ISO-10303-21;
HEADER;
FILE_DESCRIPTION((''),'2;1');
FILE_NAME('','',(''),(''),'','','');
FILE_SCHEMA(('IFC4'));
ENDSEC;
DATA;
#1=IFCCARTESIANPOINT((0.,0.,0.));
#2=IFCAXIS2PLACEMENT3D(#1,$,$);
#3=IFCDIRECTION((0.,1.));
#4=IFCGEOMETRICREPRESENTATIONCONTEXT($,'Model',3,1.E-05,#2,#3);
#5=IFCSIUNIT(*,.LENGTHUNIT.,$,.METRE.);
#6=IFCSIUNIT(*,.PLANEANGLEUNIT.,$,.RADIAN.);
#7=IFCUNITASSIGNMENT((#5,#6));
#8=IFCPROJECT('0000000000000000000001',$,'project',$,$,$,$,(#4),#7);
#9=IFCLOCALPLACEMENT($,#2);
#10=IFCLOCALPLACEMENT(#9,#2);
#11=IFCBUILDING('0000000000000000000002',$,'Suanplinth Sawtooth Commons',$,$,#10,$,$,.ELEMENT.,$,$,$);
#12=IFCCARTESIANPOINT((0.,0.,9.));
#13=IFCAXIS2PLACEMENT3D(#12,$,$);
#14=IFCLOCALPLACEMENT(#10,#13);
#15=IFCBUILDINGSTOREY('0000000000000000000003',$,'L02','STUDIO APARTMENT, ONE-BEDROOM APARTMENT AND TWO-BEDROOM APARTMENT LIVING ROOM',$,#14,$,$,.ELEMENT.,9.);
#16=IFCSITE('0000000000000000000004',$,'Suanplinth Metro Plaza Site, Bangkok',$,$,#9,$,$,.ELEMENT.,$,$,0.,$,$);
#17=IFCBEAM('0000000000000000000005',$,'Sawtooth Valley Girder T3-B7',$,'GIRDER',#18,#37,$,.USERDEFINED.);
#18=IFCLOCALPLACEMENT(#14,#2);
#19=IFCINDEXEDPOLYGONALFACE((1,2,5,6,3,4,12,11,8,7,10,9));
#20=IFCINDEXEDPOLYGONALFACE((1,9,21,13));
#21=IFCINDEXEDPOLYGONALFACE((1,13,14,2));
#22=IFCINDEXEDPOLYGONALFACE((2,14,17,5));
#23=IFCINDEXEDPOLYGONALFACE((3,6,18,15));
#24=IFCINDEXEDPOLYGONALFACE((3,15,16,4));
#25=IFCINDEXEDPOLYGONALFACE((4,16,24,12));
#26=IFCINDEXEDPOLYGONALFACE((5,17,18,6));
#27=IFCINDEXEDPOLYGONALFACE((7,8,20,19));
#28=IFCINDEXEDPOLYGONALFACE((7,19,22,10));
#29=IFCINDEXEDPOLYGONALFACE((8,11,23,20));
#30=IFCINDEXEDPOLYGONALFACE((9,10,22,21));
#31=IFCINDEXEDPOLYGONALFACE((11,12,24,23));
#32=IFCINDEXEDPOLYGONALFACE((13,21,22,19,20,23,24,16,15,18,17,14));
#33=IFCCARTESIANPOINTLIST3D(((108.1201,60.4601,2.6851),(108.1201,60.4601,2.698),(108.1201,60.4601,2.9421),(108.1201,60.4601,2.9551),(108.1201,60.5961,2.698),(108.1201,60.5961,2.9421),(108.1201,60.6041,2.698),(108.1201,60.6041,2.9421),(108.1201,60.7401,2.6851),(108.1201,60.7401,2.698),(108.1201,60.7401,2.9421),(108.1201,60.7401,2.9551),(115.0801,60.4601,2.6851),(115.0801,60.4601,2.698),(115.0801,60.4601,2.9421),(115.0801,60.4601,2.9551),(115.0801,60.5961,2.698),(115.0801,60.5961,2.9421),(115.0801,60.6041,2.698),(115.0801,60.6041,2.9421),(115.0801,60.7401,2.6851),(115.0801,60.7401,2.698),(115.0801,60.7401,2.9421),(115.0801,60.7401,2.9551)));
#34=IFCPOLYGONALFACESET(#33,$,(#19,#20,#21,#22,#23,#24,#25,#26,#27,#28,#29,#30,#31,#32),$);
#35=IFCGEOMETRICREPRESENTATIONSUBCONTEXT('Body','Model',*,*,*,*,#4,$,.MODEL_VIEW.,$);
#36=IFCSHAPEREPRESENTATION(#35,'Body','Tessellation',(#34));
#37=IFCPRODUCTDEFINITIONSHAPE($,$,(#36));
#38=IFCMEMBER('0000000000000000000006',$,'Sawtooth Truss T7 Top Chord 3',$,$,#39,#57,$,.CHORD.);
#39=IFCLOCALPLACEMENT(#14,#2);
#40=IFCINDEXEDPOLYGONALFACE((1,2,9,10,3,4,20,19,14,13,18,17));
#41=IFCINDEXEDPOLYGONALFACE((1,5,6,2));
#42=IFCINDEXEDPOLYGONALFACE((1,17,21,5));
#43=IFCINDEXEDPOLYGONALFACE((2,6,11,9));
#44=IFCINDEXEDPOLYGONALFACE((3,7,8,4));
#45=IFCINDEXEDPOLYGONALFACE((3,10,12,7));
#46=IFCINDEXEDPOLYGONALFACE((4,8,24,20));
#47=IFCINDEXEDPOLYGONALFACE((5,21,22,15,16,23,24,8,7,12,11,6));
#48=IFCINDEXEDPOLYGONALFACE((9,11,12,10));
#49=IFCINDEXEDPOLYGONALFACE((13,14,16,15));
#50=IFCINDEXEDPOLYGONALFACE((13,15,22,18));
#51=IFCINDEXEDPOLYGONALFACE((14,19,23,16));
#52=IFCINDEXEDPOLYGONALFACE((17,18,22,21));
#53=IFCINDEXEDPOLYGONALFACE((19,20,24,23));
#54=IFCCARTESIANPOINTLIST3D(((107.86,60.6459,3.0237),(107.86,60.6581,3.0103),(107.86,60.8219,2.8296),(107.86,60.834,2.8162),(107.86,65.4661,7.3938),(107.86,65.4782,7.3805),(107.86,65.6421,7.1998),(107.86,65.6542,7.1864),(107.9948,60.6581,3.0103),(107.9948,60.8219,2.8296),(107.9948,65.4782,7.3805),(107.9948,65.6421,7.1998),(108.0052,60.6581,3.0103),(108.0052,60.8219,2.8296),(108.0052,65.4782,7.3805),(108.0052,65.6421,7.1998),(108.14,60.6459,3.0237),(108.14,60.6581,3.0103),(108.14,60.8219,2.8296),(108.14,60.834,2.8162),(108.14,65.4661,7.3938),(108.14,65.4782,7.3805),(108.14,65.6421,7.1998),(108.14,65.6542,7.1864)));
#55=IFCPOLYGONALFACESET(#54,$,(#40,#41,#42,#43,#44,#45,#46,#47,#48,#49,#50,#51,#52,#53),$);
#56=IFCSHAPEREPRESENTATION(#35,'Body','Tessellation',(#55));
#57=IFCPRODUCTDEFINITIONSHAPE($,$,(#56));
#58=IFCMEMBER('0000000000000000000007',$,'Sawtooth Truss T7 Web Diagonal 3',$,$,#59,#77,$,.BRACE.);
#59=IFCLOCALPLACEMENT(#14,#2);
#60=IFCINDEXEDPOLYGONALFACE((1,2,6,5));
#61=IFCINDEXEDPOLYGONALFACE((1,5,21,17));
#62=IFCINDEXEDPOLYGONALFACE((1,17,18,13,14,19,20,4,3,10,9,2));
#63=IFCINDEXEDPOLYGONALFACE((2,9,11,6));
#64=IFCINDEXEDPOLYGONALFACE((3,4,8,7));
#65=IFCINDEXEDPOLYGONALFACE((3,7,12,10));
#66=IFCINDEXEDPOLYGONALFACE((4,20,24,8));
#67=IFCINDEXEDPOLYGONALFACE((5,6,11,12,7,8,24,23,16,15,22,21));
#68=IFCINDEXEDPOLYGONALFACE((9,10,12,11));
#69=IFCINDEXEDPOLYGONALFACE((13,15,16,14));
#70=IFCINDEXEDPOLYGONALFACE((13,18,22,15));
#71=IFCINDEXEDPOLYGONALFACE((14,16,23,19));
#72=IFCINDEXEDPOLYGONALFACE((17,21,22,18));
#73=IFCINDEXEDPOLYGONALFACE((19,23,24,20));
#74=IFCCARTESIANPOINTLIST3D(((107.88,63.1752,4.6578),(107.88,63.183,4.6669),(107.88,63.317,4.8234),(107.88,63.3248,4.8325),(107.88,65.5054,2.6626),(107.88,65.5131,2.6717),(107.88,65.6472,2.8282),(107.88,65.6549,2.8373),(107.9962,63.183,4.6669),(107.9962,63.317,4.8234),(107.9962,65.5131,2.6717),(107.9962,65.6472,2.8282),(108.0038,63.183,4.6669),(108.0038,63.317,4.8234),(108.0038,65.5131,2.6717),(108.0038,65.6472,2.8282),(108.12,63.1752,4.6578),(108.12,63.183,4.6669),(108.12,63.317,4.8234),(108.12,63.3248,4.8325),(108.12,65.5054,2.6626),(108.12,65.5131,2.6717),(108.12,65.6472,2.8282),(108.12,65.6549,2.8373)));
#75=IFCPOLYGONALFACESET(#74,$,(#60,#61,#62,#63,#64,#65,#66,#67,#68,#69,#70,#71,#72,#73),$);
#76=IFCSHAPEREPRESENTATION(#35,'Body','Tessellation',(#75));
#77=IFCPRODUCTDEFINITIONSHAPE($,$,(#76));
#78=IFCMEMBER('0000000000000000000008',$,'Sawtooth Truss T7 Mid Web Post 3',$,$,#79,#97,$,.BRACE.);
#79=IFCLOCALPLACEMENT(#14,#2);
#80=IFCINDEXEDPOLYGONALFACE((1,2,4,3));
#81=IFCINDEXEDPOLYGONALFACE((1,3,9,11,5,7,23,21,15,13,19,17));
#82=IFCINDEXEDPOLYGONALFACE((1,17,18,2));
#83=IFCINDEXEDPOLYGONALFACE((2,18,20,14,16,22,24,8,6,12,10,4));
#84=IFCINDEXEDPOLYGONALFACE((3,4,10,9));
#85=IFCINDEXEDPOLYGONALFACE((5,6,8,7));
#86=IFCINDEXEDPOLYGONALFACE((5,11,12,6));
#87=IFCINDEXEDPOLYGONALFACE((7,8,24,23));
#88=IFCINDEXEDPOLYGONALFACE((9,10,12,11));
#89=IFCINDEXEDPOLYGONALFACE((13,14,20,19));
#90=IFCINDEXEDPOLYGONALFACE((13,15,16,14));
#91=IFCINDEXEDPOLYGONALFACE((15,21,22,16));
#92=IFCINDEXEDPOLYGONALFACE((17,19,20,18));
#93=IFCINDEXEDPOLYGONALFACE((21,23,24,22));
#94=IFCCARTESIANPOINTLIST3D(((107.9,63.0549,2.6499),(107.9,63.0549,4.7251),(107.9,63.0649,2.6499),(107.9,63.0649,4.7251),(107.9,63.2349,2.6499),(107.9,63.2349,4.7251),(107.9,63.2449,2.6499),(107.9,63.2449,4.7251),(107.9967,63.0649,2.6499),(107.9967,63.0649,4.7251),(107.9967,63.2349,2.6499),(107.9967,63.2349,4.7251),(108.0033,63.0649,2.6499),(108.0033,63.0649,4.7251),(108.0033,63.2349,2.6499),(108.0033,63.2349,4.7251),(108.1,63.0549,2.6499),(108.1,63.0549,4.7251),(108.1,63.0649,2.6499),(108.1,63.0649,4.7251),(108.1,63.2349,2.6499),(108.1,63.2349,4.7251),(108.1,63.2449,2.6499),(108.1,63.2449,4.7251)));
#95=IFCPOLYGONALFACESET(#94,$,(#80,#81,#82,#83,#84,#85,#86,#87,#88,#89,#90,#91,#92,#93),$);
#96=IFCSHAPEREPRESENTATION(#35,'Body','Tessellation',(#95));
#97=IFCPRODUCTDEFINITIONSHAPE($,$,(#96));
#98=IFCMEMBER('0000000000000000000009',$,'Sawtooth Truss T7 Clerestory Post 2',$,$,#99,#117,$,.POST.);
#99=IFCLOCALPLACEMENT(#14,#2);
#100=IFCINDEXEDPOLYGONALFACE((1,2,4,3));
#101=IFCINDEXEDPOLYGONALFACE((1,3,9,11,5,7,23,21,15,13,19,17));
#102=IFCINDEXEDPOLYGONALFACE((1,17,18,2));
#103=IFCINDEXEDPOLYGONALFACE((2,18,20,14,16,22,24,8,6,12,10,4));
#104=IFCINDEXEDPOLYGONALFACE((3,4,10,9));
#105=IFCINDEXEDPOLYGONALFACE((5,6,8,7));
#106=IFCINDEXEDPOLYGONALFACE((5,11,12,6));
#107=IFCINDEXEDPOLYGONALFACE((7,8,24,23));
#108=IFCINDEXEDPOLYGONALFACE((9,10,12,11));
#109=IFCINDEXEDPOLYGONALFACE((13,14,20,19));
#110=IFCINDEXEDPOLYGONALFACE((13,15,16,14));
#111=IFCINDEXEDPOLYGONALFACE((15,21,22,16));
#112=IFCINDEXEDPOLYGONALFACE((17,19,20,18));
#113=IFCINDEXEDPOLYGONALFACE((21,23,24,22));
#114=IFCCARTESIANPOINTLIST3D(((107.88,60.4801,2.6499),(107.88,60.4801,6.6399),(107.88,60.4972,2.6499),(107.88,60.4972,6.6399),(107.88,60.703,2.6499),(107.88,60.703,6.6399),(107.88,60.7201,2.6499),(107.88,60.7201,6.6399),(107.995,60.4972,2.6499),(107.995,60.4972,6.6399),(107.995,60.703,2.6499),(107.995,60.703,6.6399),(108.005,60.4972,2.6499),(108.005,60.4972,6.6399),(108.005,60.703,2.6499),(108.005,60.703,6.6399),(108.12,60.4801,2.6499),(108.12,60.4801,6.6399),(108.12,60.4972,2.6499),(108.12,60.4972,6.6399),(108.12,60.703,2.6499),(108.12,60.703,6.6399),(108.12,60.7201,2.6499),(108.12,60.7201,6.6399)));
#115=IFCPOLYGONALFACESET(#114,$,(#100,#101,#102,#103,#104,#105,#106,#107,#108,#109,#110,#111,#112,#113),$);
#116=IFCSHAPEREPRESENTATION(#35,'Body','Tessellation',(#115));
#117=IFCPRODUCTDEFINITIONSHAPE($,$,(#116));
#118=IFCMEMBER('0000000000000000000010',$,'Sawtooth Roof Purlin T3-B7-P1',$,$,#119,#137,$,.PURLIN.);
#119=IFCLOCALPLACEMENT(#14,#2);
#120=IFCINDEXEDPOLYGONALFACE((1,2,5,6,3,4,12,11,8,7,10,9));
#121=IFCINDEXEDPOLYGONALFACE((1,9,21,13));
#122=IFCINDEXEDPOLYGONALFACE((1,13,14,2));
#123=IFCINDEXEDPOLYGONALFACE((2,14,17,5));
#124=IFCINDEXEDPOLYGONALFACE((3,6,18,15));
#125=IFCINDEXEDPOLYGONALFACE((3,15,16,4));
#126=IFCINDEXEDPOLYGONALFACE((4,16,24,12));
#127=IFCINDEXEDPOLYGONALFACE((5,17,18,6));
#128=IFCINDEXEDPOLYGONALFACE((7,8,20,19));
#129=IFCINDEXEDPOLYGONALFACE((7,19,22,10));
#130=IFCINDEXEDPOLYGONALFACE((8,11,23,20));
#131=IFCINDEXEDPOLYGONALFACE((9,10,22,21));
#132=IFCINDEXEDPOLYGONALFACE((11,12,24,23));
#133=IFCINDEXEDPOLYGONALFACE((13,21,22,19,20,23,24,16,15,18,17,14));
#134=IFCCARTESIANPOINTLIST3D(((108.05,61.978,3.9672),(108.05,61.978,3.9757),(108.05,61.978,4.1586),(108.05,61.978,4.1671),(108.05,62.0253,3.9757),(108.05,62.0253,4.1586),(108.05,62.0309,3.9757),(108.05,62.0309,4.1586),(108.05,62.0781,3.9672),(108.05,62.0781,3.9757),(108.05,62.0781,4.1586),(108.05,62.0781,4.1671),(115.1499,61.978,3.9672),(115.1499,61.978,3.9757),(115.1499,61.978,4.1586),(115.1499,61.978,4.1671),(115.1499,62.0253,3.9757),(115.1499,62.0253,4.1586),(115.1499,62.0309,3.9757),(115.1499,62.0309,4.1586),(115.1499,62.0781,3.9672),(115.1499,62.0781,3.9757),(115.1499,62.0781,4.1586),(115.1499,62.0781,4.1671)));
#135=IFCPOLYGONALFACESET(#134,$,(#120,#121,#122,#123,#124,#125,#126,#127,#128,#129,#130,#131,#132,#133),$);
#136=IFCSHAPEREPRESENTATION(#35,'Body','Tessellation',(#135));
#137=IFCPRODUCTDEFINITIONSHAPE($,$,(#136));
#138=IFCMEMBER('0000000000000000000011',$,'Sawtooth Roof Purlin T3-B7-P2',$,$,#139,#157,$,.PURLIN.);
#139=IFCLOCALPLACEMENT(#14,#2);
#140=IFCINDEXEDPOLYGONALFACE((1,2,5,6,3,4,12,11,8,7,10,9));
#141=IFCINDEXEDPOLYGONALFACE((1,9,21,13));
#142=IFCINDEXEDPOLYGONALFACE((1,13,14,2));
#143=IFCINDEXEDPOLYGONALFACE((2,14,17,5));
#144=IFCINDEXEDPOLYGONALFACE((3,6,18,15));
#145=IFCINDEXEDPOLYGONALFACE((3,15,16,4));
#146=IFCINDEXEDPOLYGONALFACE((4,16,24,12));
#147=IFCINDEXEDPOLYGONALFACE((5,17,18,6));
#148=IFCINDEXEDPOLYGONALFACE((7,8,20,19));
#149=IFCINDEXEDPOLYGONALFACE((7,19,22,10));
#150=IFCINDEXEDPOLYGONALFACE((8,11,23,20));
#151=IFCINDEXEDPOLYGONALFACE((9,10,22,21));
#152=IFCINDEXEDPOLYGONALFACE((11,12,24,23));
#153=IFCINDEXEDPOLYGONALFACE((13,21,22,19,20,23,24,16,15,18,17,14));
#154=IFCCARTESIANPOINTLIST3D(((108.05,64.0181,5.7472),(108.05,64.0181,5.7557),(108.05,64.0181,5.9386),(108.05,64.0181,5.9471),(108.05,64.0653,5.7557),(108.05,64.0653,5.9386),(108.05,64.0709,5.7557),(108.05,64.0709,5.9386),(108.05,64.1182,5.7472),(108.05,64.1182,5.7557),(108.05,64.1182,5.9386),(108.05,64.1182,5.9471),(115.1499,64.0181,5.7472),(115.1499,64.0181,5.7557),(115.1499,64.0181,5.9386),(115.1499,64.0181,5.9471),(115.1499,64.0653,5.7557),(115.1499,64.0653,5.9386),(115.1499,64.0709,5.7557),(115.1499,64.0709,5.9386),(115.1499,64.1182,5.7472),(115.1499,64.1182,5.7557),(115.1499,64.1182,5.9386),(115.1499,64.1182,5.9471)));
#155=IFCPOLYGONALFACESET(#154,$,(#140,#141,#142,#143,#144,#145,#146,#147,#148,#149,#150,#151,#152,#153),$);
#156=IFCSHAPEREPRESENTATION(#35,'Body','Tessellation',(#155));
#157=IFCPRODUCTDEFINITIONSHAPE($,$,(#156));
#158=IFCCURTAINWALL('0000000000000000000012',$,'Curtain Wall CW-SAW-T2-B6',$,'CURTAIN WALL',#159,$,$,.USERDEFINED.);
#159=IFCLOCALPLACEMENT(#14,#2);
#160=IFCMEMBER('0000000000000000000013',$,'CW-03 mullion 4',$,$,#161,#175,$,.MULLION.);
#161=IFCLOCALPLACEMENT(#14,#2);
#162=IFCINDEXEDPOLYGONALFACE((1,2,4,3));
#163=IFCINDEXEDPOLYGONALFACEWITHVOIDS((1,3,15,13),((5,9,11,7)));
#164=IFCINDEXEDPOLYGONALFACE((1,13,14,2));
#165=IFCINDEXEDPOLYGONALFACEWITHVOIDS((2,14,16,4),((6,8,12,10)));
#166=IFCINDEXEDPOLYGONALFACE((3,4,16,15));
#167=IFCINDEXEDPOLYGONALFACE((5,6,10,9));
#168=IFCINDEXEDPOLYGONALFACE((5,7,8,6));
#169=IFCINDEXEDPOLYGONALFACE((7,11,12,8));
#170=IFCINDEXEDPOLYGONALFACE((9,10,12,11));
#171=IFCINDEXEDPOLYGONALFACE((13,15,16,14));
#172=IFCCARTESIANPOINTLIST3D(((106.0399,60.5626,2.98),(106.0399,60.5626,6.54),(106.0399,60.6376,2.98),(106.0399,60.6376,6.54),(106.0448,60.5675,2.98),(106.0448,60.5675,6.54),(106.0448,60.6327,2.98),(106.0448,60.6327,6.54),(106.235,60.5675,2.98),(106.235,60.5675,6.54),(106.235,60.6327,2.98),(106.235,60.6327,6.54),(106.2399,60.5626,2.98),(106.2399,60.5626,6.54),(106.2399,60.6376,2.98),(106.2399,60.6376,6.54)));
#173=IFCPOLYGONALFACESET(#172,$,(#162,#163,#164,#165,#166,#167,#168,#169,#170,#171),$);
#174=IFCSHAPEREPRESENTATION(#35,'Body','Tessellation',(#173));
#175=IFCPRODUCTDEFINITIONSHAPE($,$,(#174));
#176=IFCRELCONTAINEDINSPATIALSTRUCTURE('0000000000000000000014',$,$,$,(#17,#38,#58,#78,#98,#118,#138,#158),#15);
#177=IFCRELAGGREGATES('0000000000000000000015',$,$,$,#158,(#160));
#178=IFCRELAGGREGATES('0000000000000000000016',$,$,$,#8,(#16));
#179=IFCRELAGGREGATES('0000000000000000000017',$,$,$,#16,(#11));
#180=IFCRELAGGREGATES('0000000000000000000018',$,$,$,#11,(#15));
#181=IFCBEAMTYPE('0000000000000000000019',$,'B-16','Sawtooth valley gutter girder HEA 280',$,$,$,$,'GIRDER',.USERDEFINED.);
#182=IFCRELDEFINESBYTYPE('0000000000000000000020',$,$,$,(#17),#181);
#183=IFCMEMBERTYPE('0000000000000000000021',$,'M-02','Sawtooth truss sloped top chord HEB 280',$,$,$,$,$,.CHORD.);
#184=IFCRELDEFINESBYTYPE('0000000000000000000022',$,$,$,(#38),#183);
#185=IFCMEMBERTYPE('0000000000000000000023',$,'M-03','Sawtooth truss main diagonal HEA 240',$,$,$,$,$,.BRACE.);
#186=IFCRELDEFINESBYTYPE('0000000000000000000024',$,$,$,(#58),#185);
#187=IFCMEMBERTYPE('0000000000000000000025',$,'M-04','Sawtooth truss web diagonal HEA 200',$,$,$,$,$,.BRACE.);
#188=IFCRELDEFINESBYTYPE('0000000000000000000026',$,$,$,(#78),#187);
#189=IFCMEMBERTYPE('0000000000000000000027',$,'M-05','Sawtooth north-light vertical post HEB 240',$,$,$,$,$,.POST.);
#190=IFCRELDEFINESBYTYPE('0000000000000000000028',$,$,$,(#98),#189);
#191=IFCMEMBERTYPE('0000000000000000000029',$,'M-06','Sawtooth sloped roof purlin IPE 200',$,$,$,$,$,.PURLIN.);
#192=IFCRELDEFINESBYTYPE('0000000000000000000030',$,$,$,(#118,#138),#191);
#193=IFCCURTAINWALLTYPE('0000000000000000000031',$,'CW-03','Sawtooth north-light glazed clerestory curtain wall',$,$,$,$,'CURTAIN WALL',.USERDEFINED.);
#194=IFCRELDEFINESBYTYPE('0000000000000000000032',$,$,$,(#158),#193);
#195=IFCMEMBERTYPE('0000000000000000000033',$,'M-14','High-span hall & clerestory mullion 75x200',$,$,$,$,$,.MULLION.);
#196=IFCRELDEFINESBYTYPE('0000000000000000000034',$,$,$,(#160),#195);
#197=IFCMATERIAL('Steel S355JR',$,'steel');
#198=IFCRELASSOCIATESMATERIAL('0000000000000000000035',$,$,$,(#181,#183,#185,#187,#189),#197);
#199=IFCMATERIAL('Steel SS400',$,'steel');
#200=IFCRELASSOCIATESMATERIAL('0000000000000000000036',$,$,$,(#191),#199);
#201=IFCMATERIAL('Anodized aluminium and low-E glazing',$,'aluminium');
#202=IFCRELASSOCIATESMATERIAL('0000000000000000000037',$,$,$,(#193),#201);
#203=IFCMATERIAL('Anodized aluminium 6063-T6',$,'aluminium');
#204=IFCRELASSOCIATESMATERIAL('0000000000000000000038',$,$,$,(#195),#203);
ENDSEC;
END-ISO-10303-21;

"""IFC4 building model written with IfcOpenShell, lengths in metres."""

from ifc_helpers import new_model, si_unit, direction, frame, origin, origin_2d, place, context, subcontext, project, spatial, hollow_rectangle, i_section, extrude, material, material_profile, profile_set, type_object, element, aggregate, save


model = new_model("IFC4")

# Units and contexts
model_context = context("Model", 3, precision=1e-05, world=origin(), true_north=direction((0.0, 1.0)))
body_context = subcontext(model_context, "Body", "Model", "MODEL_VIEW")
ifc_project = project(units=[si_unit("LENGTHUNIT", "METRE"), si_unit("PLANEANGLEUNIT", "RADIAN")], contexts=[model_context])

# Site, building, storey
site_placement = place(None, origin())
site = spatial("IfcSite", under=ifc_project, at=site_placement, Name="Suanplinth Metro Plaza Site, Bangkok", CompositionType="ELEMENT", RefElevation=0.0)
building_placement = place(site_placement, origin())
building = spatial("IfcBuilding", under=site, at=building_placement, Name="Suanplinth Sawtooth Commons", CompositionType="ELEMENT")
storey_placement = place(building_placement, frame((0.0, 0.0, 9.0)))
storey = spatial("IfcBuildingStorey", under=building, at=storey_placement, Name="L02", Description="STUDIO APARTMENT, ONE-BEDROOM APARTMENT AND TWO-BEDROOM APARTMENT LIVING ROOM", CompositionType="ELEMENT", Elevation=9.0)

# Beam
ifc_material_1 = material(Name="Steel S355JR", Category="steel")
ifc_material_profile_1 = material_profile(ifc_material_1, i_section(OverallWidth=0.28, OverallDepth=0.27, WebThickness=0.0081, FlangeThickness=0.0129, at=origin_2d()), Name="HEA 280")
ifc_profile_set_1 = profile_set([ifc_material_profile_1], Name="Steel S355JR")
beam_type = type_object("IfcBeamType", Name="B-16", Description="Sawtooth valley gutter girder HEA 280", ElementType="GIRDER", PredefinedType="USERDEFINED", material=ifc_profile_set_1)
beam_placement = place(storey_placement, frame((108.1201, 60.6001, 2.8201), z_axis=(1.0, 0.0, 0.0), x_axis=(0.0, 1.0, 0.0)))
element("IfcBeam", 1, at=beam_placement, inside=storey, type_object=beam_type, Name="Sawtooth Valley Girder T3-B7", ObjectType="GIRDER", PredefinedType="USERDEFINED", context=body_context, shape_type="SweptSolid", body=[
    extrude(i_section(OverallWidth=0.28, OverallDepth=0.27, WebThickness=0.0081, FlangeThickness=0.0129, at=origin_2d()), origin(), (0.0, 0.0, 1.0), 6.96),
])

# Members
ifc_material_profile_2 = material_profile(ifc_material_1, i_section(OverallWidth=0.28, OverallDepth=0.28, WebThickness=0.0105, FlangeThickness=0.0181, at=origin_2d()), Name="HEB 280")
ifc_profile_set_2 = profile_set([ifc_material_profile_2], Name="Steel S355JR")
member_type_1 = type_object("IfcMemberType", Name="M-02", Description="Sawtooth truss sloped top chord HEB 280", PredefinedType="CHORD", material=ifc_profile_set_2)
member_1_placement = place(storey_placement, frame((108.0, 60.74, 2.9199), z_axis=(0.0, 0.740839, 0.671682), x_axis=(-1.0, 0.0, 0.0)))
element("IfcMember", 2, at=member_1_placement, inside=storey, type_object=member_type_1, Name="Sawtooth Truss T7 Top Chord 3", PredefinedType="CHORD", context=body_context, shape_type="SweptSolid", body=[
    extrude(i_section(OverallWidth=0.28, OverallDepth=0.28, WebThickness=0.0105, FlangeThickness=0.0181, at=origin_2d()), origin(), (0.0, 0.0, 1.0), 6.5063),
])
ifc_material_profile_3 = material_profile(ifc_material_1, i_section(OverallWidth=0.24, OverallDepth=0.23, WebThickness=0.0076, FlangeThickness=0.012, at=origin_2d()), Name="HEA 240")
ifc_profile_set_3 = profile_set([ifc_material_profile_3], Name="Steel S355JR")
member_type_2 = type_object("IfcMemberType", Name="M-03", Description="Sawtooth truss main diagonal HEA 240", PredefinedType="BRACE", material=ifc_profile_set_3)
member_2_placement = place(storey_placement, frame((108.0, 63.25, 4.7451), z_axis=(0.0, 0.759594, -0.650398), x_axis=(-1.0, 0.0, 0.0)))
element("IfcMember", 3, at=member_2_placement, inside=storey, type_object=member_type_2, Name="Sawtooth Truss T7 Web Diagonal 3", PredefinedType="BRACE", context=body_context, shape_type="SweptSolid", body=[
    extrude(i_section(OverallWidth=0.24, OverallDepth=0.23, WebThickness=0.0076, FlangeThickness=0.012, at=origin_2d()), origin(), (0.0, 0.0, 1.0), 3.0676),
])
ifc_material_profile_4 = material_profile(ifc_material_1, i_section(OverallWidth=0.2, OverallDepth=0.1899, WebThickness=0.0066, FlangeThickness=0.01, at=origin_2d()), Name="HEA 200")
ifc_profile_set_4 = profile_set([ifc_material_profile_4], Name="Steel S355JR")
member_type_3 = type_object("IfcMemberType", Name="M-04", Description="Sawtooth truss web diagonal HEA 200", PredefinedType="BRACE", material=ifc_profile_set_4)
member_3_placement = place(storey_placement, frame((108.0, 63.1499, 2.6499), z_axis=(0.0, 0.0, 1.0), x_axis=(1.0, 0.0, 0.0)))
element("IfcMember", 4, at=member_3_placement, inside=storey, type_object=member_type_3, Name="Sawtooth Truss T7 Mid Web Post 3", PredefinedType="BRACE", context=body_context, shape_type="SweptSolid", body=[
    extrude(i_section(OverallWidth=0.2, OverallDepth=0.1899, WebThickness=0.0066, FlangeThickness=0.01, at=origin_2d()), origin(), (0.0, 0.0, 1.0), 2.0752),
])
ifc_material_profile_5 = material_profile(ifc_material_1, i_section(OverallWidth=0.24, OverallDepth=0.24, WebThickness=0.01, FlangeThickness=0.0171, at=origin_2d()), Name="HEB 240")
ifc_profile_set_5 = profile_set([ifc_material_profile_5], Name="Steel S355JR")
member_type_4 = type_object("IfcMemberType", Name="M-05", Description="Sawtooth north-light vertical post HEB 240", PredefinedType="POST", material=ifc_profile_set_5)
member_4_placement = place(storey_placement, frame((108.0, 60.6001, 2.6499), z_axis=(0.0, 0.0, 1.0), x_axis=(1.0, 0.0, 0.0)))
element("IfcMember", 5, at=member_4_placement, inside=storey, type_object=member_type_4, Name="Sawtooth Truss T7 Clerestory Post 2", PredefinedType="POST", context=body_context, shape_type="SweptSolid", body=[
    extrude(i_section(OverallWidth=0.24, OverallDepth=0.24, WebThickness=0.01, FlangeThickness=0.0171, at=origin_2d()), origin(), (0.0, 0.0, 1.0), 3.99),
])
ifc_material_2 = material(Name="Steel SS400", Category="steel")
ifc_material_profile_6 = material_profile(ifc_material_2, i_section(OverallWidth=0.1001, OverallDepth=0.2, WebThickness=0.0056, FlangeThickness=0.0085, at=origin_2d()), Name="IPE 200")
ifc_profile_set_6 = profile_set([ifc_material_profile_6], Name="Steel SS400")
member_type_5 = type_object("IfcMemberType", Name="M-06", Description="Sawtooth sloped roof purlin IPE 200", PredefinedType="PURLIN", material=ifc_profile_set_6)
for number, where, z_axis, x_axis, name in (
    (6, (108.05, 62.0281, 4.0671), (1.0, 0.0, 0.0), (0.0, 1.0, 0.0), "Sawtooth Roof Purlin T3-B7-P1"),
    (7, (108.05, 64.0681, 5.8472), (1.0, 0.0, 0.0), (0.0, 1.0, 0.0), "Sawtooth Roof Purlin T3-B7-P2"),
):
    element("IfcMember", number, at=place(storey_placement, frame(where, z_axis=z_axis, x_axis=x_axis)), inside=storey, type_object=member_type_5, Name=name, PredefinedType="PURLIN", context=body_context, shape_type="SweptSolid", body=[
        extrude(i_section(OverallWidth=0.1001, OverallDepth=0.2, WebThickness=0.0056, FlangeThickness=0.0085, at=origin_2d()), origin(), (0.0, 0.0, 1.0), 7.0999),
    ])

# Curtain wall, member
ifc_material_3 = material(Name="Anodized aluminium and low-E glazing", Category="aluminium")
curtain_wall_type = type_object("IfcCurtainWallType", Name="CW-03", Description="Sawtooth north-light glazed clerestory curtain wall", ElementType="CURTAIN WALL", PredefinedType="USERDEFINED", material=ifc_material_3)
curtain_wall_1_placement = place(storey_placement, origin())
curtain_wall_1 = element("IfcCurtainWall", 8, at=curtain_wall_1_placement, inside=storey, type_object=curtain_wall_type, Name="Curtain Wall CW-SAW-T2-B6", ObjectType="CURTAIN WALL", PredefinedType="USERDEFINED")
ifc_material_4 = material(Name="Anodized aluminium 6063-T6", Category="aluminium")
ifc_material_profile_7 = material_profile(ifc_material_4, hollow_rectangle(XDim=0.075, YDim=0.2, WallThickness=0.0049, at=origin_2d()), Name="ALU-MUL 75x200")
ifc_profile_set_7 = profile_set([ifc_material_profile_7], Name="Anodized aluminium 6063-T6")
member_type_6 = type_object("IfcMemberType", Name="M-14", Description="High-span hall & clerestory mullion 75x200", PredefinedType="MULLION", material=ifc_profile_set_7)
member_5_placement = place(storey_placement, frame((106.1399, 60.6001, 2.98), z_axis=(0.0, 0.0, 1.0), x_axis=(0.0, 1.0, 0.0)))
member_5 = element("IfcMember", 9, at=member_5_placement, type_object=member_type_6, Name="CW-03 mullion 4", PredefinedType="MULLION", context=body_context, shape_type="SweptSolid", body=[
    extrude(hollow_rectangle(XDim=0.075, YDim=0.2, WallThickness=0.0049, at=origin_2d()), origin(), (0.0, 0.0, 1.0), 3.5601),
])

aggregate(curtain_wall_1, [member_5])

save(model, "model.ifc")
